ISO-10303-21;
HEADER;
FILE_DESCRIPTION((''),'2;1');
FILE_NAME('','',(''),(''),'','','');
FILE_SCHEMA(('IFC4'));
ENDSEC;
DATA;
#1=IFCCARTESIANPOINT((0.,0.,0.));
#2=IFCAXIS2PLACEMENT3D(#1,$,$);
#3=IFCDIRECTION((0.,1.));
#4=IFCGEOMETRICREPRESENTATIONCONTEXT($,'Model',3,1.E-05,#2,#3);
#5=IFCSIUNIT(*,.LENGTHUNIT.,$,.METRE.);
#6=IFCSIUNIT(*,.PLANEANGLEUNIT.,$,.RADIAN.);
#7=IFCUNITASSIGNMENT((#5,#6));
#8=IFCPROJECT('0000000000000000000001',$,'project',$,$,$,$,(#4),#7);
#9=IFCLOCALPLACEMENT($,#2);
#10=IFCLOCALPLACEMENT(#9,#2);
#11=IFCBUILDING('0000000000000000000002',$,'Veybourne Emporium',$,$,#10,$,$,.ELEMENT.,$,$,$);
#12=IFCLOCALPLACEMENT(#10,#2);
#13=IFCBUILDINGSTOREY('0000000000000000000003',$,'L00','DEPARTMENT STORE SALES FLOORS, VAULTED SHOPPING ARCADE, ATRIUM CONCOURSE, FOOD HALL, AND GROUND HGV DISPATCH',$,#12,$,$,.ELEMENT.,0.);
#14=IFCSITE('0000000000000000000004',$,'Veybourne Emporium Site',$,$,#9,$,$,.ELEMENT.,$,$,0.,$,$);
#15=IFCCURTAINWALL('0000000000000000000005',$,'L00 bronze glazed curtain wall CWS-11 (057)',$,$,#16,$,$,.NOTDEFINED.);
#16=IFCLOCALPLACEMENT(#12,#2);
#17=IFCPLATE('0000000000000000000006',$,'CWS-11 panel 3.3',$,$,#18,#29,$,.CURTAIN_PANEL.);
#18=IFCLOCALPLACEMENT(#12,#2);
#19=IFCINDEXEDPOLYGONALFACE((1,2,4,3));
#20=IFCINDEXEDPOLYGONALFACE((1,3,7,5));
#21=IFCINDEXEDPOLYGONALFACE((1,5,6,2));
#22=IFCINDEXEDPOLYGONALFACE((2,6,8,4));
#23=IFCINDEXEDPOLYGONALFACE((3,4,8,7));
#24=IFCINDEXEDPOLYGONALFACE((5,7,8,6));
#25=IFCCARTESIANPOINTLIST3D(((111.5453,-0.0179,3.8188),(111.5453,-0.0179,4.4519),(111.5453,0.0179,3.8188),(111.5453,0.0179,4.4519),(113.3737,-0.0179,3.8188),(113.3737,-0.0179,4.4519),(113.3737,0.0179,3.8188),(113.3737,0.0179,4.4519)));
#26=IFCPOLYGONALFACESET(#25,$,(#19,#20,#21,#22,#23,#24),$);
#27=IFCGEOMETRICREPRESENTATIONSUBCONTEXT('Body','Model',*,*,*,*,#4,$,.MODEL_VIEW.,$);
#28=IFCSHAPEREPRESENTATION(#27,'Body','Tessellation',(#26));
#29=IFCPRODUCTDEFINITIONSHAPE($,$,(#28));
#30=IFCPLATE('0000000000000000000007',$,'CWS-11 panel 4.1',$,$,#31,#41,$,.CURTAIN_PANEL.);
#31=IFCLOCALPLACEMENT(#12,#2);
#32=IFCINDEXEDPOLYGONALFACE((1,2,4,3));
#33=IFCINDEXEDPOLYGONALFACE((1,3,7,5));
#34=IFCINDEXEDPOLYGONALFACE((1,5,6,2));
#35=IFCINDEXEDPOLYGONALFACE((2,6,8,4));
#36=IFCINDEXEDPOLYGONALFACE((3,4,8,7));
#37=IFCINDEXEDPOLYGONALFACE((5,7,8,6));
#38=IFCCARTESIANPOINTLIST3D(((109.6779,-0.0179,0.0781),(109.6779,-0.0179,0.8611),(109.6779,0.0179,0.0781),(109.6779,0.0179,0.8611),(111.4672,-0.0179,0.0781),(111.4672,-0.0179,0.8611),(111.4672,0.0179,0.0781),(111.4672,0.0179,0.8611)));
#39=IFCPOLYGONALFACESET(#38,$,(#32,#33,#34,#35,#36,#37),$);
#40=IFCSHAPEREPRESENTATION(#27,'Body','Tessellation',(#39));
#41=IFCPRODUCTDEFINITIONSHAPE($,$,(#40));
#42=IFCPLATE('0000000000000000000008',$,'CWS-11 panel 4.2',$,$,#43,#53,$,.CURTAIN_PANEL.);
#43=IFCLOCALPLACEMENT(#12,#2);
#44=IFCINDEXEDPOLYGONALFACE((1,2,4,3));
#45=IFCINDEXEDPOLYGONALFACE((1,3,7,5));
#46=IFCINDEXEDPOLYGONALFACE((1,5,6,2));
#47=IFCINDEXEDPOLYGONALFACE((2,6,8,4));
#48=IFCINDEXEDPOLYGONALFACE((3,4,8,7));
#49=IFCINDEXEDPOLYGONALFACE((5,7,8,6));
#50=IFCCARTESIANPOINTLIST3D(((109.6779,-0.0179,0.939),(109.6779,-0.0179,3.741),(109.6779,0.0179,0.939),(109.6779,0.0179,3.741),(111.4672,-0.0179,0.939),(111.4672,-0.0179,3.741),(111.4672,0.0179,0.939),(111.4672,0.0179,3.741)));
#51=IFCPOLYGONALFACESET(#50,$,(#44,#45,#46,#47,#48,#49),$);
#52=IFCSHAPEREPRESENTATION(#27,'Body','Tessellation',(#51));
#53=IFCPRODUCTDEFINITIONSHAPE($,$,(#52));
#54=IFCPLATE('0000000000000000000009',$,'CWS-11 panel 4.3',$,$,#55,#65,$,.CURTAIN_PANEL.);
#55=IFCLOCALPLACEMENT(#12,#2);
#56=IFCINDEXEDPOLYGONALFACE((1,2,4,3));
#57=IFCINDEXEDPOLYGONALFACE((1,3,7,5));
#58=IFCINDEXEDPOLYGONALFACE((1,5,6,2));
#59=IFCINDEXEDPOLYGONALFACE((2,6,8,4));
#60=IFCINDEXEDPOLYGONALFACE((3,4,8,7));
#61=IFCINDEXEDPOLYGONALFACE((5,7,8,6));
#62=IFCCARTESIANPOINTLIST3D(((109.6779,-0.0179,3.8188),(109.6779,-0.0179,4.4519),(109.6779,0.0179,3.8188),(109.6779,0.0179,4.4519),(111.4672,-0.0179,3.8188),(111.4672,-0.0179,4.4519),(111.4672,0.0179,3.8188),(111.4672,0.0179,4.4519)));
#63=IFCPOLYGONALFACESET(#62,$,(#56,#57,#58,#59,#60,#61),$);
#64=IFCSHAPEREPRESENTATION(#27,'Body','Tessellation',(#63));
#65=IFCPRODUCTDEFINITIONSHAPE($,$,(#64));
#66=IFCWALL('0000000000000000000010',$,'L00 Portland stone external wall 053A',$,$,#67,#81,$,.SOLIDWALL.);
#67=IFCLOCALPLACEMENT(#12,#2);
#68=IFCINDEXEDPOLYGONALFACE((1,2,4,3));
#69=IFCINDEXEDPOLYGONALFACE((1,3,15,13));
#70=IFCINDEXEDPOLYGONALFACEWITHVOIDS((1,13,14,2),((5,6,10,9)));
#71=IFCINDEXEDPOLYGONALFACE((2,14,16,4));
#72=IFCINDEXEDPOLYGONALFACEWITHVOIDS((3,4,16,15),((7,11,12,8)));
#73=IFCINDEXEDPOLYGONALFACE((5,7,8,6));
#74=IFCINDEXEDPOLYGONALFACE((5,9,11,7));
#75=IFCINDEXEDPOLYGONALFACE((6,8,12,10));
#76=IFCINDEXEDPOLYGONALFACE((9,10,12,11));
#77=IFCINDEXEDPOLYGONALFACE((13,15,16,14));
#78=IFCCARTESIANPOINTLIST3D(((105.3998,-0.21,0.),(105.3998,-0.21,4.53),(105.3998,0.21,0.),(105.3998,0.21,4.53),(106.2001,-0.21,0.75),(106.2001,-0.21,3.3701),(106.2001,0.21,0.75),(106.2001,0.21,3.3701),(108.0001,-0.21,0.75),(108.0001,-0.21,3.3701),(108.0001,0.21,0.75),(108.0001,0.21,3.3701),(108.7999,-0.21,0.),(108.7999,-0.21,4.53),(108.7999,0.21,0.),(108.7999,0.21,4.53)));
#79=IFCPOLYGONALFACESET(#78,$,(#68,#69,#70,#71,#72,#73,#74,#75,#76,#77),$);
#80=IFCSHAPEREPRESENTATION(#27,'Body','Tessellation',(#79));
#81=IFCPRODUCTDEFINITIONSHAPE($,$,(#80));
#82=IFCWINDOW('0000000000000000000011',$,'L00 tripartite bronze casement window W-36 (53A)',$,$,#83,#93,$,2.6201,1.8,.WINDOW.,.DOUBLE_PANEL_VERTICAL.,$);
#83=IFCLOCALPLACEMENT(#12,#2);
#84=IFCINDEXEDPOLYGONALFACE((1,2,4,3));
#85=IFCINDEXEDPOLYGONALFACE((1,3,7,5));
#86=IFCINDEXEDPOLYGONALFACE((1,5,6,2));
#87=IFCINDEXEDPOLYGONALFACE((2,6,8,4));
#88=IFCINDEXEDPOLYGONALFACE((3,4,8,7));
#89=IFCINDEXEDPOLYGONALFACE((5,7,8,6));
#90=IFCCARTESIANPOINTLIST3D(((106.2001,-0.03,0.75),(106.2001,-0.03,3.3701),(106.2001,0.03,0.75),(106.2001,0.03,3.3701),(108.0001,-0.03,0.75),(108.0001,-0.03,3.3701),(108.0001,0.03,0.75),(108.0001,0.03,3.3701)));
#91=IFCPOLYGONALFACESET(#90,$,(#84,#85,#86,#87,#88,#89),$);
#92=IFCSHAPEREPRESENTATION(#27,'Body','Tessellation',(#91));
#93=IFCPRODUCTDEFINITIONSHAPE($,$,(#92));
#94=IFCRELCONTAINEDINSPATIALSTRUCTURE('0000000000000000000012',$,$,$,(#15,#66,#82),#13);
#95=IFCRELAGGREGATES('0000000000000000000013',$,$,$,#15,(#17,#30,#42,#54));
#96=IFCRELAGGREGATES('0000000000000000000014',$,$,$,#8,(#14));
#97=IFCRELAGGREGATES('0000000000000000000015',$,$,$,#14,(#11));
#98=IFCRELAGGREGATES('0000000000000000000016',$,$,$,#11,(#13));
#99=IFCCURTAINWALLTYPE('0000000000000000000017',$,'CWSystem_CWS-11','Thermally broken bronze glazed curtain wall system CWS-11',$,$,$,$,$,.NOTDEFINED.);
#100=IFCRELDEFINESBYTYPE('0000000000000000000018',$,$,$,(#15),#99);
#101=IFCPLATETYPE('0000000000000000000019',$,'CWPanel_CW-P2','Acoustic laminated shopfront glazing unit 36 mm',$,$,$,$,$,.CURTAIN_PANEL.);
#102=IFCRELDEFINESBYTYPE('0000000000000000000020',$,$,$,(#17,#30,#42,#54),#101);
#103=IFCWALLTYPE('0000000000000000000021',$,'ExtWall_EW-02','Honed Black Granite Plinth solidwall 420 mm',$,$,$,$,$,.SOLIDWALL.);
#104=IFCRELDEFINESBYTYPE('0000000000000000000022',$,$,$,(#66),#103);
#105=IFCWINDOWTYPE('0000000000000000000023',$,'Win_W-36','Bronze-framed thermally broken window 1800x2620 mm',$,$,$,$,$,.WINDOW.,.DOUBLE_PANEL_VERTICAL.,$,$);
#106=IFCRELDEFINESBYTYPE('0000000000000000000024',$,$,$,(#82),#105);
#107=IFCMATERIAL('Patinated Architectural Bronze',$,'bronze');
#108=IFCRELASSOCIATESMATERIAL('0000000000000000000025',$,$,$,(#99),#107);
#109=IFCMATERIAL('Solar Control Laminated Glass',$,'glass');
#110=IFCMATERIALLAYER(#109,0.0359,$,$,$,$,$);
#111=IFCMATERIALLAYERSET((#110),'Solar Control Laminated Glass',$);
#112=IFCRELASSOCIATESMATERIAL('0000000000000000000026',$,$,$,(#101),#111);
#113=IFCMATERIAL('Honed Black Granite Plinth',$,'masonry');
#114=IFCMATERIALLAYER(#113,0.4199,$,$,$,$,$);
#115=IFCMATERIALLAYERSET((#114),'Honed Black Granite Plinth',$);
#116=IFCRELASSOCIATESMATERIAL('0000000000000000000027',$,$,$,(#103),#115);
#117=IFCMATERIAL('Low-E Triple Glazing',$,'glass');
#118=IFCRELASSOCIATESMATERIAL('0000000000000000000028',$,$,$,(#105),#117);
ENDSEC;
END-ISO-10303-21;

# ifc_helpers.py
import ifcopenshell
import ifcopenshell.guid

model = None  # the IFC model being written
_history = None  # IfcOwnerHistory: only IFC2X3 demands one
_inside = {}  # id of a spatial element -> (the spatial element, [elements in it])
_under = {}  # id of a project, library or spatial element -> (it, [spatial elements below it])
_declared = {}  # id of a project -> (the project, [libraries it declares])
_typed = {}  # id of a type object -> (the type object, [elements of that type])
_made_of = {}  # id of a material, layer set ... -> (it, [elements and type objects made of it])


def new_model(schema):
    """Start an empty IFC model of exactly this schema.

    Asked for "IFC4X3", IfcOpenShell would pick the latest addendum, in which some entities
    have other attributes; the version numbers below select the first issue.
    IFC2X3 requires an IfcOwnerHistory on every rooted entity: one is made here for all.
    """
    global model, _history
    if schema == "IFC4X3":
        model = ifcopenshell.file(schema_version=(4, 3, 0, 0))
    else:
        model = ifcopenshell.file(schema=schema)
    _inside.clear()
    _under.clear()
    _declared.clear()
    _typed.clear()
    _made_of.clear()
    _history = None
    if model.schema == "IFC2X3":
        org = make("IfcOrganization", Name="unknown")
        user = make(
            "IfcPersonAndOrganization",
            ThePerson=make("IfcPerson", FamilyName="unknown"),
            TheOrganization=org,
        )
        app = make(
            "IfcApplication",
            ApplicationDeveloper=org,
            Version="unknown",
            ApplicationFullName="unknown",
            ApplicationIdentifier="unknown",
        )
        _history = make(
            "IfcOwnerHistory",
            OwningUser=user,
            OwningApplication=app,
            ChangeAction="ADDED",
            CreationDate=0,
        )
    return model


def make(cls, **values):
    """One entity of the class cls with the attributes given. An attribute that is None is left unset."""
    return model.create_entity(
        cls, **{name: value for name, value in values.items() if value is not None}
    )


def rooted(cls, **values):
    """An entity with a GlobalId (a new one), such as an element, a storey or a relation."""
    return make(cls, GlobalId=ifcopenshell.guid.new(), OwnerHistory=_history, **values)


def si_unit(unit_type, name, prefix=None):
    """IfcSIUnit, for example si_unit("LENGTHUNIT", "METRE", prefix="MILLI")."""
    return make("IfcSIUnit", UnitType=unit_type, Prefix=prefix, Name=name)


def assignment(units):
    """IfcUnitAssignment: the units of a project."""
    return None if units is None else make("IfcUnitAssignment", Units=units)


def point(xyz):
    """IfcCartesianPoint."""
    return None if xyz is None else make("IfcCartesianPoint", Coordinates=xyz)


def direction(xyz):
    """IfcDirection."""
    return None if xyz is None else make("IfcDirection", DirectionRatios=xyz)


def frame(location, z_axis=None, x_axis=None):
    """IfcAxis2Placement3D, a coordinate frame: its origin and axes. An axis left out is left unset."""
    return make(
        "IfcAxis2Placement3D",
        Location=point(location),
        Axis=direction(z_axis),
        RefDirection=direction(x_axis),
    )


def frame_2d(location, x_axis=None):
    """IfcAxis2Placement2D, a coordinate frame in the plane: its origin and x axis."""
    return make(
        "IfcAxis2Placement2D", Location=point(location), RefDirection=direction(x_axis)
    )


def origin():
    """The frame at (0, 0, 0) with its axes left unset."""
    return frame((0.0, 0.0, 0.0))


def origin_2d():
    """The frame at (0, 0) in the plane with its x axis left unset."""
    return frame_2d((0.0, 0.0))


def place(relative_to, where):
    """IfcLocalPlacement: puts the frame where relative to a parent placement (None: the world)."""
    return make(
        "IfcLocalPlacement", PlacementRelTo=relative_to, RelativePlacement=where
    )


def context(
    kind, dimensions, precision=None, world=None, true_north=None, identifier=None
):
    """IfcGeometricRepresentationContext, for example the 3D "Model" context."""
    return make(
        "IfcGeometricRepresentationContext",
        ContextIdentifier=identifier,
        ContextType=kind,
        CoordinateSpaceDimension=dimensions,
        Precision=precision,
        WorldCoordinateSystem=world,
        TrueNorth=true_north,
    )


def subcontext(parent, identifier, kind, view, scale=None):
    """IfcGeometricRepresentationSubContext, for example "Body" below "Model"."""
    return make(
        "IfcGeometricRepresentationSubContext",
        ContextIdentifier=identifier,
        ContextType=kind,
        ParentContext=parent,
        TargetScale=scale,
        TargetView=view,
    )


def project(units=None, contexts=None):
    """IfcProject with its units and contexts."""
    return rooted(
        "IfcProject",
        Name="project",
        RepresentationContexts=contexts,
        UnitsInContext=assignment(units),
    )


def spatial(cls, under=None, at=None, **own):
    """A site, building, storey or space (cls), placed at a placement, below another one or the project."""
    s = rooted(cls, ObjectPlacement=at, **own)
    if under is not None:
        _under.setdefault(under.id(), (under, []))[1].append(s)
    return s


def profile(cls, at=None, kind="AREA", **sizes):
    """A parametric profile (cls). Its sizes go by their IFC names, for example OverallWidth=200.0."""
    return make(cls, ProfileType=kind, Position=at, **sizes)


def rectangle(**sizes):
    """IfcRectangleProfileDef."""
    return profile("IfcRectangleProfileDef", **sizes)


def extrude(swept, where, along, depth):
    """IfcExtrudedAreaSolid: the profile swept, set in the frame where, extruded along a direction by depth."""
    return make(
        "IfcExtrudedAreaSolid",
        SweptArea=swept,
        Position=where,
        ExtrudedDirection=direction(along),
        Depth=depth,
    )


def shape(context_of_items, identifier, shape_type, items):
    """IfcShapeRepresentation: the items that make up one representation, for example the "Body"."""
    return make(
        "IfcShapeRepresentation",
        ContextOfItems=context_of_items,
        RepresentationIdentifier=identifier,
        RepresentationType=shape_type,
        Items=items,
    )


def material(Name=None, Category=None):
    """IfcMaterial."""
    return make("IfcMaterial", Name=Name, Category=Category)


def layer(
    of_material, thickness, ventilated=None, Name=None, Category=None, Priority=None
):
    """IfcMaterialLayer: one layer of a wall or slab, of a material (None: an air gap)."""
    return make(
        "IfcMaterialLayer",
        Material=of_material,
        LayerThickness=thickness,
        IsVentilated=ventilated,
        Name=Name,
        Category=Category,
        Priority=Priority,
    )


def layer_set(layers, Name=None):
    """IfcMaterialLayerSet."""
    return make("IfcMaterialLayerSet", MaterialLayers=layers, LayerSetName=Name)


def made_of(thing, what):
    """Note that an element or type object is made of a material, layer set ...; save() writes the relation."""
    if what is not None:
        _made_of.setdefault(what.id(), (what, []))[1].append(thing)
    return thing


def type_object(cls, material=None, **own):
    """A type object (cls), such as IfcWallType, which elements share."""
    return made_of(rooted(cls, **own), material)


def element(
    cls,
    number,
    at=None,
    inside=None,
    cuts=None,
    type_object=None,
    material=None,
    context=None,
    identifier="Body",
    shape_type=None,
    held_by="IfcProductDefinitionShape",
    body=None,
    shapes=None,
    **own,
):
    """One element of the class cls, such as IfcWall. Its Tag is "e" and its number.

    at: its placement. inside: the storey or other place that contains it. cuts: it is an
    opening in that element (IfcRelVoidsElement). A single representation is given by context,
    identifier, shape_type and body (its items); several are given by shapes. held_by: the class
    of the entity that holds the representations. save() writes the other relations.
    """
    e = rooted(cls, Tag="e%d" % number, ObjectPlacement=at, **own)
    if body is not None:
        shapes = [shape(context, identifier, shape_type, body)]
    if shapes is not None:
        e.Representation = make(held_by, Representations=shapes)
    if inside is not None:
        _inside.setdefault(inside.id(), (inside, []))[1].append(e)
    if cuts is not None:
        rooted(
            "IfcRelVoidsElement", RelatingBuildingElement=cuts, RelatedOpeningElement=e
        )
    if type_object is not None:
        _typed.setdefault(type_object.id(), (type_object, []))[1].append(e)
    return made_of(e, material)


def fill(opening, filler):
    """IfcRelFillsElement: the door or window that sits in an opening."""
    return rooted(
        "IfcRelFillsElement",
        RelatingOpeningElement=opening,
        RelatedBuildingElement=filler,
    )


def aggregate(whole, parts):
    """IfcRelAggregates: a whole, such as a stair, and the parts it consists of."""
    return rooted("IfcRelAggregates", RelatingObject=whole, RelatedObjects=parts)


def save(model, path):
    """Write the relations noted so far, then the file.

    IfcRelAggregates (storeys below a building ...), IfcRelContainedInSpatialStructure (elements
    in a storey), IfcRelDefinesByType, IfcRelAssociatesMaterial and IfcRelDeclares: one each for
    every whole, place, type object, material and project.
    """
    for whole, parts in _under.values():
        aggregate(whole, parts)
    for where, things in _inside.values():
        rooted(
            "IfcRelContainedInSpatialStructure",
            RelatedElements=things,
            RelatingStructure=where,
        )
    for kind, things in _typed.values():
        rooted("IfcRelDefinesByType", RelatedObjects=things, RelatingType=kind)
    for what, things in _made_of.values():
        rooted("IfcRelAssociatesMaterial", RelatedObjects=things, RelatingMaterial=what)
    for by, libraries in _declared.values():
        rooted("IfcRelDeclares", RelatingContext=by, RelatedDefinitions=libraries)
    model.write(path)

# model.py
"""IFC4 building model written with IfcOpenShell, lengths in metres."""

from ifc_helpers import new_model, si_unit, direction, frame, frame_2d, origin, origin_2d, place, context, subcontext, project, spatial, rectangle, extrude, material, layer, layer_set, type_object, element, fill, aggregate, save


model = new_model("IFC4")

# Units and contexts
model_context = context("Model", 3, precision=1e-05, world=origin(), true_north=direction((0.0, 1.0)))
body_context = subcontext(model_context, "Body", "Model", "MODEL_VIEW")
ifc_project = project(units=[si_unit("LENGTHUNIT", "METRE"), si_unit("PLANEANGLEUNIT", "RADIAN")], contexts=[model_context])

# Site, building, storey
site_placement = place(None, origin())
site = spatial("IfcSite", under=ifc_project, at=site_placement, Name="Veybourne Emporium Site", CompositionType="ELEMENT", RefElevation=0.0)
building_placement = place(site_placement, origin())
building = spatial("IfcBuilding", under=site, at=building_placement, Name="Veybourne Emporium", CompositionType="ELEMENT")
storey_placement = place(building_placement, origin())
storey = spatial("IfcBuildingStorey", under=building, at=storey_placement, Name="L00", Description="DEPARTMENT STORE SALES FLOORS, VAULTED SHOPPING ARCADE, ATRIUM CONCOURSE, FOOD HALL, AND GROUND HGV DISPATCH", CompositionType="ELEMENT", Elevation=0.0)

# Curtain wall
ifc_material_1 = material(Name="Patinated Architectural Bronze", Category="bronze")
curtain_wall_type = type_object("IfcCurtainWallType", Name="CWSystem_CWS-11", Description="Thermally broken bronze glazed curtain wall system CWS-11", PredefinedType="NOTDEFINED", material=ifc_material_1)
curtain_wall_placement = place(storey_placement, origin())
curtain_wall = element("IfcCurtainWall", 1, at=curtain_wall_placement, inside=storey, type_object=curtain_wall_type, Name="L00 bronze glazed curtain wall CWS-11 (057)", PredefinedType="NOTDEFINED")

# Plates
ifc_material_2 = material(Name="Solar Control Laminated Glass", Category="glass")
ifc_layer_1 = layer(ifc_material_2, 0.0359)
ifc_layer_set_1 = layer_set([ifc_layer_1], Name="Solar Control Laminated Glass")
plate_type = type_object("IfcPlateType", Name="CWPanel_CW-P2", Description="Acoustic laminated shopfront glazing unit 36 mm", PredefinedType="CURTAIN_PANEL", material=ifc_layer_set_1)
plate_1_placement = place(storey_placement, frame((112.4595, 0.0, 3.8188), z_axis=(0.0, 0.0, 1.0), x_axis=(-1.0, 0.0, 0.0)))
plate_1 = element("IfcPlate", 2, at=plate_1_placement, type_object=plate_type, Name="CWS-11 panel 3.3", PredefinedType="CURTAIN_PANEL", context=body_context, shape_type="SweptSolid", body=[
    extrude(rectangle(XDim=1.8284, YDim=0.0359, at=origin_2d()), origin(), (0.0, 0.0, 1.0), 0.6331),
])
plate_2_placement = place(storey_placement, frame((110.5725, 0.0, 0.0781), z_axis=(0.0, 0.0, 1.0), x_axis=(-1.0, 0.0, 0.0)))
plate_2 = element("IfcPlate", 3, at=plate_2_placement, type_object=plate_type, Name="CWS-11 panel 4.1", PredefinedType="CURTAIN_PANEL", context=body_context, shape_type="SweptSolid", body=[
    extrude(rectangle(XDim=1.7893, YDim=0.0359, at=origin_2d()), origin(), (0.0, 0.0, 1.0), 0.783),
])
plate_3_placement = place(storey_placement, frame((110.5725, 0.0, 0.939), z_axis=(0.0, 0.0, 1.0), x_axis=(-1.0, 0.0, 0.0)))
plate_3 = element("IfcPlate", 4, at=plate_3_placement, type_object=plate_type, Name="CWS-11 panel 4.2", PredefinedType="CURTAIN_PANEL", context=body_context, shape_type="SweptSolid", body=[
    extrude(rectangle(XDim=1.7893, YDim=0.0359, at=origin_2d()), origin(), (0.0, 0.0, 1.0), 2.802),
])
plate_4_placement = place(storey_placement, frame((110.5725, 0.0, 3.8188), z_axis=(0.0, 0.0, 1.0), x_axis=(-1.0, 0.0, 0.0)))
plate_4 = element("IfcPlate", 5, at=plate_4_placement, type_object=plate_type, Name="CWS-11 panel 4.3", PredefinedType="CURTAIN_PANEL", context=body_context, shape_type="SweptSolid", body=[
    extrude(rectangle(XDim=1.7893, YDim=0.0359, at=origin_2d()), origin(), (0.0, 0.0, 1.0), 0.6331),
])
aggregate(curtain_wall, [plate_1, plate_2, plate_3, plate_4])

# Wall, opening, window
ifc_material_3 = material(Name="Honed Black Granite Plinth", Category="masonry")
ifc_layer_2 = layer(ifc_material_3, 0.4199)
ifc_layer_set_2 = layer_set([ifc_layer_2], Name="Honed Black Granite Plinth")
wall_type = type_object("IfcWallType", Name="ExtWall_EW-02", Description="Honed Black Granite Plinth solidwall 420 mm", PredefinedType="SOLIDWALL", material=ifc_layer_set_2)
wall_placement = place(storey_placement, frame((108.8, 0.0, 0.0), z_axis=(0.0, 0.0, 1.0), x_axis=(-1.0, 0.0, 0.0)))
wall = element("IfcWall", 6, at=wall_placement, inside=storey, type_object=wall_type, Name="L00 Portland stone external wall 053A", PredefinedType="SOLIDWALL", context=body_context, shape_type="SweptSolid", body=[
    extrude(rectangle(XDim=3.4001, YDim=0.4199, at=frame_2d((1.7002, 0.0))), origin(), (0.0, 0.0, 1.0), 4.53),
])
opening_placement = place(wall_placement, frame((0.8, 0.0, 0.75)))
opening = element("IfcOpeningElement", 7, at=opening_placement, cuts=wall, PredefinedType="OPENING", context=body_context, shape_type="SweptSolid", body=[
    extrude(rectangle(XDim=1.8, YDim=2.6201, at=frame_2d((0.8999, 1.3101))), frame((0.0, 0.23, 0.0), z_axis=(0.0, -1.0, 0.0), x_axis=(1.0, 0.0, 0.0)), (0.0, 0.0, 1.0), 0.46),
])
ifc_material_4 = material(Name="Low-E Triple Glazing", Category="glass")
window_type = type_object("IfcWindowType", Name="Win_W-36", Description="Bronze-framed thermally broken window 1800x2620 mm", PartitioningType="DOUBLE_PANEL_VERTICAL", PredefinedType="WINDOW", material=ifc_material_4)
window_placement = place(opening_placement, origin())
window = element("IfcWindow", 8, at=window_placement, inside=storey, type_object=window_type, Name="L00 tripartite bronze casement window W-36 (53A)", OverallHeight=2.6201, OverallWidth=1.8, PartitioningType="DOUBLE_PANEL_VERTICAL", PredefinedType="WINDOW", context=body_context, shape_type="SweptSolid", body=[
    extrude(rectangle(XDim=1.8, YDim=2.6201, at=frame_2d((0.8999, 1.3101))), frame((0.0, 0.03, 0.0), z_axis=(0.0, -1.0, 0.0), x_axis=(1.0, 0.0, 0.0)), (0.0, 0.0, 1.0), 0.0601),
])
fill(opening, window)

save(model, "model.ifc")
